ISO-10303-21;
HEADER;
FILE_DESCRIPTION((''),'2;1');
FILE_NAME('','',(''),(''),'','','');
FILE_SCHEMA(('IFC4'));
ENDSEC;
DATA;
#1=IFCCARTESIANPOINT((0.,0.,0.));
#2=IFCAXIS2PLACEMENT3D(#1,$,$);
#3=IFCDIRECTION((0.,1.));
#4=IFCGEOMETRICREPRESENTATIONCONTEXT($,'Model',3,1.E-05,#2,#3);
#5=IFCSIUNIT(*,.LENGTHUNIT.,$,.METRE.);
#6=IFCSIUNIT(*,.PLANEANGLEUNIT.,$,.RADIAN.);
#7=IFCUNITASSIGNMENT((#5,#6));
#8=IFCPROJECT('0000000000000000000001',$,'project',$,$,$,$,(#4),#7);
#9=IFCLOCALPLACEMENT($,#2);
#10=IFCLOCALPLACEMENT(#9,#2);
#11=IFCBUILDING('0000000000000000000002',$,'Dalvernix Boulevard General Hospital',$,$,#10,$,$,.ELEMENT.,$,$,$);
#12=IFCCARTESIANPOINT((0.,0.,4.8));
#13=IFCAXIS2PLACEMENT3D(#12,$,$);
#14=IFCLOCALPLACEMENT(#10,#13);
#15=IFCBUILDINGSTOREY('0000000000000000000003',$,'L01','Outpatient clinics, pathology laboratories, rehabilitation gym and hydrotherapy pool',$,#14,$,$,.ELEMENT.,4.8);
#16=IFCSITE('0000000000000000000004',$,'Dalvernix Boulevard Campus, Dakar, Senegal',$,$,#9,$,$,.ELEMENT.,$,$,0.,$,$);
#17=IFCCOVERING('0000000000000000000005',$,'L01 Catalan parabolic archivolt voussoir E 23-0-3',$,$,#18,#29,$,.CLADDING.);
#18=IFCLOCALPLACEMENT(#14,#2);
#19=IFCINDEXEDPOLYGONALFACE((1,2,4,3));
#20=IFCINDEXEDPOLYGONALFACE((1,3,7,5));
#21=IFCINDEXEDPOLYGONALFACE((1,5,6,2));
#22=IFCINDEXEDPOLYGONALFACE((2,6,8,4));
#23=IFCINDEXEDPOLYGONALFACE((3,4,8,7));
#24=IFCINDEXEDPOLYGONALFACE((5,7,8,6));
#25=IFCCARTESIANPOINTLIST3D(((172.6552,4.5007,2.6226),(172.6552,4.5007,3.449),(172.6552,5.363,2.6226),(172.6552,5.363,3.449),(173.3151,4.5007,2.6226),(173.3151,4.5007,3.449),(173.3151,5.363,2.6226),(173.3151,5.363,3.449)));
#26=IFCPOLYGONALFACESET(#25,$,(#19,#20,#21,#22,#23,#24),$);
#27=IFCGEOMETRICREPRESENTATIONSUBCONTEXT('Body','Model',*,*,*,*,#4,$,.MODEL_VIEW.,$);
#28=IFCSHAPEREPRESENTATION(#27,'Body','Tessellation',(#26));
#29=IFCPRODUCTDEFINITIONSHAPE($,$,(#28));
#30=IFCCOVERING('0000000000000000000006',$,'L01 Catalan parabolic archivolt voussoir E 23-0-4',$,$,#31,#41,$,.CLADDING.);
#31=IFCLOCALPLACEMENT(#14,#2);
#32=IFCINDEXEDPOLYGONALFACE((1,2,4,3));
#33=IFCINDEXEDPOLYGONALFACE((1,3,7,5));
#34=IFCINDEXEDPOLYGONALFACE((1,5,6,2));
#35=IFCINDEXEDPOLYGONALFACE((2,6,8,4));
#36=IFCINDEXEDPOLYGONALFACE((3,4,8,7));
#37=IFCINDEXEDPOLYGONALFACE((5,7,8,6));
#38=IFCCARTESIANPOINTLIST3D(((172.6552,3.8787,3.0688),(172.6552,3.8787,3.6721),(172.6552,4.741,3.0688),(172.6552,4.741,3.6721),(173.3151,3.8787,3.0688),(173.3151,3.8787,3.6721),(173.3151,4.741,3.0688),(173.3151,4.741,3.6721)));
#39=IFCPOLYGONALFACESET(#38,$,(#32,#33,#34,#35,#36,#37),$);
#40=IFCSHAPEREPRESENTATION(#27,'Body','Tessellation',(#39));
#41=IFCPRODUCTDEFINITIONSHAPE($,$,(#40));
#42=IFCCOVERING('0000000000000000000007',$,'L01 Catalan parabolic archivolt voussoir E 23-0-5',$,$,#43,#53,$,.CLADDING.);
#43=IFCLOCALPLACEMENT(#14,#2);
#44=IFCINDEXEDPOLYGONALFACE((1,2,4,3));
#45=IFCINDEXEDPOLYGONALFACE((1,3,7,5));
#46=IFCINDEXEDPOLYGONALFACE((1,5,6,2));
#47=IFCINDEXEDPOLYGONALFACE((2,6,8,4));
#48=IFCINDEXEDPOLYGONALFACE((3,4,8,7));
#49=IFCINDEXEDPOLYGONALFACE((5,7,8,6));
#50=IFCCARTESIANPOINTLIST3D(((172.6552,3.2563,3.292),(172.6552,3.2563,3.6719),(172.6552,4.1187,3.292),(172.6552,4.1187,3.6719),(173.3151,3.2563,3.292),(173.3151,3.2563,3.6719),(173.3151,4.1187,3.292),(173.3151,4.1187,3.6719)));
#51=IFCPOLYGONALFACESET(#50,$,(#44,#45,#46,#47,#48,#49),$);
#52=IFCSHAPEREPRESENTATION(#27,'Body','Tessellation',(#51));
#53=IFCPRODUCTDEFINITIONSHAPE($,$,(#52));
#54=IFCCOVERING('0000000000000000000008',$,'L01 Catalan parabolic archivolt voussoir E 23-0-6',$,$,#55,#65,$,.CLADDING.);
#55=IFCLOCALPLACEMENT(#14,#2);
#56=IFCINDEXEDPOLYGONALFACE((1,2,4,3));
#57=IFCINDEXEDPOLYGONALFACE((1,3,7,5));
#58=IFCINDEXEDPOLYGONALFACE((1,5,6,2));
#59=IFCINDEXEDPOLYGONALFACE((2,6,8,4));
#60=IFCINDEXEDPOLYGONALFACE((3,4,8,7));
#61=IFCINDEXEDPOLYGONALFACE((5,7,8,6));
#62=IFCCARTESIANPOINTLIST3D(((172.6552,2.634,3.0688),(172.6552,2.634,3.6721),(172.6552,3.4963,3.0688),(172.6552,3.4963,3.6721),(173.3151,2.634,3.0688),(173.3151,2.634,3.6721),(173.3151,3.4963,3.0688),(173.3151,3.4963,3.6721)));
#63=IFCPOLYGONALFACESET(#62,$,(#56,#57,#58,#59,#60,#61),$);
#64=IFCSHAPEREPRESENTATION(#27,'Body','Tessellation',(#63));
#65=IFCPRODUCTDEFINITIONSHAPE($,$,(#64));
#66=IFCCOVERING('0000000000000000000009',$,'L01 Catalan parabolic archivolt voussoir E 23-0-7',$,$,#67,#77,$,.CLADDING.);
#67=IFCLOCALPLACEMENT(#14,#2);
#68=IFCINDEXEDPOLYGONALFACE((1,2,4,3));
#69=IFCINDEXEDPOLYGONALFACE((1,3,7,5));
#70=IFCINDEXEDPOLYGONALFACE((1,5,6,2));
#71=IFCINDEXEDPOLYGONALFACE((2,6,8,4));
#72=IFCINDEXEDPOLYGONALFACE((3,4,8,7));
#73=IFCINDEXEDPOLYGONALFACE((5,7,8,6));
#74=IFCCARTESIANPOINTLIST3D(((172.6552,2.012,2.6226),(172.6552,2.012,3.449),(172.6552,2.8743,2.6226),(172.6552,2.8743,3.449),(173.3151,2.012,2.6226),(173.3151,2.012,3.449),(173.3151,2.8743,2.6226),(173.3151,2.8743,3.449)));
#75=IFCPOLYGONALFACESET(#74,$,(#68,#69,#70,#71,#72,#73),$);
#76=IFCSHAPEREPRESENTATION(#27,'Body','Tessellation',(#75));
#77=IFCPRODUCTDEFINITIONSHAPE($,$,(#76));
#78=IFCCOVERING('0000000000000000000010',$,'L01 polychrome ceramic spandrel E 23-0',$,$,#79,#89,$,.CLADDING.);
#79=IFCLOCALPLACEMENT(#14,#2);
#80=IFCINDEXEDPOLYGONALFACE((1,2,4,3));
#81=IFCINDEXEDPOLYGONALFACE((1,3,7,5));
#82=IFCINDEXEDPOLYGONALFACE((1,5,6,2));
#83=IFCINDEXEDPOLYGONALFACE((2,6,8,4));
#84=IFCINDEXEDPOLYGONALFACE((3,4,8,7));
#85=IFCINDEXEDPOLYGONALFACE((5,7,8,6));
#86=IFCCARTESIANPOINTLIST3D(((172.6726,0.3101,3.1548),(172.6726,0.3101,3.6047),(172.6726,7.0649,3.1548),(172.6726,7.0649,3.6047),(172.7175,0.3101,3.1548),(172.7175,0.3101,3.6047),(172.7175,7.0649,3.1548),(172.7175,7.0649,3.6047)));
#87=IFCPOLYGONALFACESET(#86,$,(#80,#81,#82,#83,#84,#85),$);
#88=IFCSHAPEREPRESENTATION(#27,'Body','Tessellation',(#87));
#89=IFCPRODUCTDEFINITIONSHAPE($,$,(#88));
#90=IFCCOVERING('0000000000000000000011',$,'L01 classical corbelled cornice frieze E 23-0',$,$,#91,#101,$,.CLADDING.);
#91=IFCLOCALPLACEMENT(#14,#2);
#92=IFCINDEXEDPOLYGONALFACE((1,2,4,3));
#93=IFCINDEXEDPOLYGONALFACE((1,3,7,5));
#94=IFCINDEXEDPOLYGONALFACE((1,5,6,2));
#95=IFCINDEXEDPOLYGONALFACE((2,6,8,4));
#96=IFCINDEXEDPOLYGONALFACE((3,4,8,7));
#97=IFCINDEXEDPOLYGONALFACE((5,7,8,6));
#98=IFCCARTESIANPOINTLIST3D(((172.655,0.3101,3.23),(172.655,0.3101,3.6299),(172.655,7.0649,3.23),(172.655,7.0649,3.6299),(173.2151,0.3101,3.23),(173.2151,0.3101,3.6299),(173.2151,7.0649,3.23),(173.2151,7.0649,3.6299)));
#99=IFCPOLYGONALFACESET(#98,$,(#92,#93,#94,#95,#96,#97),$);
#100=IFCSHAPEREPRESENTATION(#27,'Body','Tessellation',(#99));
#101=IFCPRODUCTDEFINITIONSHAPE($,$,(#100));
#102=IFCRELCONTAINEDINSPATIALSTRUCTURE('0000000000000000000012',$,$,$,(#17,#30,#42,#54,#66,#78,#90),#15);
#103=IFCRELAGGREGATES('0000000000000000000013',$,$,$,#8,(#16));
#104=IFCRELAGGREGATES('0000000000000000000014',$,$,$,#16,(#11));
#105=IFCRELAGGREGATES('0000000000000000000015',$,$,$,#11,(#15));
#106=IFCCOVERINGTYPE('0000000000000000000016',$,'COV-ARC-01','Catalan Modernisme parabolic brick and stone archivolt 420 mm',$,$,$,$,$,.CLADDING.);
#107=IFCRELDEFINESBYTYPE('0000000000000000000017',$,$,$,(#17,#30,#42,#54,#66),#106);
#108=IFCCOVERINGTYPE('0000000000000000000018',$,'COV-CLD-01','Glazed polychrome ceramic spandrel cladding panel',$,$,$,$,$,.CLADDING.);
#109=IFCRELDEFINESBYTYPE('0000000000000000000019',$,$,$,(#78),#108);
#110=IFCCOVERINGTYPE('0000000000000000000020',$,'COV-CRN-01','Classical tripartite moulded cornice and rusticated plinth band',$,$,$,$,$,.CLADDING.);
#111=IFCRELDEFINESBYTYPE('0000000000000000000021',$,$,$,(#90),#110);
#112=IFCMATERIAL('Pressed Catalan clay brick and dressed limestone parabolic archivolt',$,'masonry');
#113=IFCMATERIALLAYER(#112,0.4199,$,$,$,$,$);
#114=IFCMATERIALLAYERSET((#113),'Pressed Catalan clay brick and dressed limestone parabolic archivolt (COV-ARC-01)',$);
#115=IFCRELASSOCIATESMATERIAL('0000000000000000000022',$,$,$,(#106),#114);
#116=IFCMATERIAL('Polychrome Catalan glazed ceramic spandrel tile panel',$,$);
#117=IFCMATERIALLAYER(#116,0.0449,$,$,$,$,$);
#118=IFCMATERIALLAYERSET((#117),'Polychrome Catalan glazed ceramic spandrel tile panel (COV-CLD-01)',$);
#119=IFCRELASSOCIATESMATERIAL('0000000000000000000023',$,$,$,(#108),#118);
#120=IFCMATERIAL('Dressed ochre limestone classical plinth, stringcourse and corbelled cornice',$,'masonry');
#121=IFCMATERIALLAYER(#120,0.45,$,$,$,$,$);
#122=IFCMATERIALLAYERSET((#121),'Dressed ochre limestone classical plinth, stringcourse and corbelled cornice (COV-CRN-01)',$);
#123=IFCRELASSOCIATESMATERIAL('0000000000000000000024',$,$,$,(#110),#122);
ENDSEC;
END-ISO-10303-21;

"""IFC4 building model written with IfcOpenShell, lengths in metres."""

from ifc_helpers import new_model, si_unit, direction, frame, origin, origin_2d, place, context, subcontext, project, spatial, rectangle, extrude, material, layer, layer_set, type_object, element, save


model = new_model("IFC4")

# Units and contexts
model_context = context("Model", 3, precision=1e-05, world=origin(), true_north=direction((0.0, 1.0)))
body_context = subcontext(model_context, "Body", "Model", "MODEL_VIEW")
ifc_project = project(units=[si_unit("LENGTHUNIT", "METRE"), si_unit("PLANEANGLEUNIT", "RADIAN")], contexts=[model_context])

# Site, building, storey
site_placement = place(None, origin())
site = spatial("IfcSite", under=ifc_project, at=site_placement, Name="Dalvernix Boulevard Campus, Dakar, Senegal", CompositionType="ELEMENT", RefElevation=0.0)
building_placement = place(site_placement, origin())
building = spatial("IfcBuilding", under=site, at=building_placement, Name="Dalvernix Boulevard General Hospital", CompositionType="ELEMENT")
storey_placement = place(building_placement, frame((0.0, 0.0, 4.8)))
storey = spatial("IfcBuildingStorey", under=building, at=storey_placement, Name="L01", Description="Outpatient clinics, pathology laboratories, rehabilitation gym and hydrotherapy pool", CompositionType="ELEMENT", Elevation=4.8)

# Coverings
ifc_material_1 = material(Name="Pressed Catalan clay brick and dressed limestone parabolic archivolt", Category="masonry")
ifc_layer_1 = layer(ifc_material_1, 0.4199)
ifc_layer_set_1 = layer_set([ifc_layer_1], Name="Pressed Catalan clay brick and dressed limestone parabolic archivolt (COV-ARC-01)")
covering_type_1 = type_object("IfcCoveringType", Name="COV-ARC-01", Description="Catalan Modernisme parabolic brick and stone archivolt 420 mm", PredefinedType="CLADDING", material=ifc_layer_set_1)
covering_1_placement = place(storey_placement, frame((172.9851, 4.9319, 2.6226), z_axis=(0.0, 0.0, 1.0), x_axis=(0.0, -1.0, 0.0)))
element("IfcCovering", 1, at=covering_1_placement, inside=storey, type_object=covering_type_1, Name="L01 Catalan parabolic archivolt voussoir E 23-0-3", PredefinedType="CLADDING", context=body_context, shape_type="SweptSolid", body=[
    extrude(rectangle(XDim=0.8623, YDim=0.6599, at=origin_2d()), origin(), (0.0, 0.0, 1.0), 0.8264),
])
covering_2_placement = place(storey_placement, frame((172.9851, 4.3098, 3.0688), z_axis=(0.0, 0.0, 1.0), x_axis=(0.0, -1.0, 0.0)))
element("IfcCovering", 2, at=covering_2_placement, inside=storey, type_object=covering_type_1, Name="L01 Catalan parabolic archivolt voussoir E 23-0-4", PredefinedType="CLADDING", context=body_context, shape_type="SweptSolid", body=[
    extrude(rectangle(XDim=0.8623, YDim=0.6599, at=origin_2d()), origin(), (0.0, 0.0, 1.0), 0.6033),
])
covering_3_placement = place(storey_placement, frame((172.9851, 3.6875, 3.292), z_axis=(0.0, 0.0, 1.0), x_axis=(0.0, -1.0, 0.0)))
element("IfcCovering", 3, at=covering_3_placement, inside=storey, type_object=covering_type_1, Name="L01 Catalan parabolic archivolt voussoir E 23-0-5", PredefinedType="CLADDING", context=body_context, shape_type="SweptSolid", body=[
    extrude(rectangle(XDim=0.8623, YDim=0.6599, at=origin_2d()), origin(), (0.0, 0.0, 1.0), 0.3799),
])
covering_4_placement = place(storey_placement, frame((172.9851, 3.0652, 3.0688), z_axis=(0.0, 0.0, 1.0), x_axis=(0.0, -1.0, 0.0)))
element("IfcCovering", 4, at=covering_4_placement, inside=storey, type_object=covering_type_1, Name="L01 Catalan parabolic archivolt voussoir E 23-0-6", PredefinedType="CLADDING", context=body_context, shape_type="SweptSolid", body=[
    extrude(rectangle(XDim=0.8623, YDim=0.6599, at=origin_2d()), origin(), (0.0, 0.0, 1.0), 0.6033),
])
covering_5_placement = place(storey_placement, frame((172.9851, 2.4431, 2.6226), z_axis=(0.0, 0.0, 1.0), x_axis=(0.0, -1.0, 0.0)))
element("IfcCovering", 5, at=covering_5_placement, inside=storey, type_object=covering_type_1, Name="L01 Catalan parabolic archivolt voussoir E 23-0-7", PredefinedType="CLADDING", context=body_context, shape_type="SweptSolid", body=[
    extrude(rectangle(XDim=0.8623, YDim=0.6599, at=origin_2d()), origin(), (0.0, 0.0, 1.0), 0.8264),
])
ifc_material_2 = material(Name="Polychrome Catalan glazed ceramic spandrel tile panel")
ifc_layer_2 = layer(ifc_material_2, 0.0449)
ifc_layer_set_2 = layer_set([ifc_layer_2], Name="Polychrome Catalan glazed ceramic spandrel tile panel (COV-CLD-01)")
covering_type_2 = type_object("IfcCoveringType", Name="COV-CLD-01", Description="Glazed polychrome ceramic spandrel cladding panel", PredefinedType="CLADDING", material=ifc_layer_set_2)
covering_6_placement = place(storey_placement, frame((172.6951, 3.6875, 3.1548), z_axis=(0.0, 0.0, 1.0), x_axis=(0.0, -1.0, 0.0)))
element("IfcCovering", 6, at=covering_6_placement, inside=storey, type_object=covering_type_2, Name="L01 polychrome ceramic spandrel E 23-0", PredefinedType="CLADDING", context=body_context, shape_type="SweptSolid", body=[
    extrude(rectangle(XDim=6.7549, YDim=0.0449, at=origin_2d()), origin(), (0.0, 0.0, 1.0), 0.45),
])
ifc_material_3 = material(Name="Dressed ochre limestone classical plinth, stringcourse and corbelled cornice", Category="masonry")
ifc_layer_3 = layer(ifc_material_3, 0.45)
ifc_layer_set_3 = layer_set([ifc_layer_3], Name="Dressed ochre limestone classical plinth, stringcourse and corbelled cornice (COV-CRN-01)")
covering_type_3 = type_object("IfcCoveringType", Name="COV-CRN-01", Description="Classical tripartite moulded cornice and rusticated plinth band", PredefinedType="CLADDING", material=ifc_layer_set_3)
covering_7_placement = place(storey_placement, frame((172.9351, 3.6875, 3.23), z_axis=(0.0, 0.0, 1.0), x_axis=(0.0, -1.0, 0.0)))
element("IfcCovering", 7, at=covering_7_placement, inside=storey, type_object=covering_type_3, Name="L01 classical corbelled cornice frieze E 23-0", PredefinedType="CLADDING", context=body_context, shape_type="SweptSolid", body=[
    extrude(rectangle(XDim=6.7549, YDim=0.5601, at=origin_2d()), origin(), (0.0, 0.0, 1.0), 0.3999),
])

save(model, "model.ifc")
